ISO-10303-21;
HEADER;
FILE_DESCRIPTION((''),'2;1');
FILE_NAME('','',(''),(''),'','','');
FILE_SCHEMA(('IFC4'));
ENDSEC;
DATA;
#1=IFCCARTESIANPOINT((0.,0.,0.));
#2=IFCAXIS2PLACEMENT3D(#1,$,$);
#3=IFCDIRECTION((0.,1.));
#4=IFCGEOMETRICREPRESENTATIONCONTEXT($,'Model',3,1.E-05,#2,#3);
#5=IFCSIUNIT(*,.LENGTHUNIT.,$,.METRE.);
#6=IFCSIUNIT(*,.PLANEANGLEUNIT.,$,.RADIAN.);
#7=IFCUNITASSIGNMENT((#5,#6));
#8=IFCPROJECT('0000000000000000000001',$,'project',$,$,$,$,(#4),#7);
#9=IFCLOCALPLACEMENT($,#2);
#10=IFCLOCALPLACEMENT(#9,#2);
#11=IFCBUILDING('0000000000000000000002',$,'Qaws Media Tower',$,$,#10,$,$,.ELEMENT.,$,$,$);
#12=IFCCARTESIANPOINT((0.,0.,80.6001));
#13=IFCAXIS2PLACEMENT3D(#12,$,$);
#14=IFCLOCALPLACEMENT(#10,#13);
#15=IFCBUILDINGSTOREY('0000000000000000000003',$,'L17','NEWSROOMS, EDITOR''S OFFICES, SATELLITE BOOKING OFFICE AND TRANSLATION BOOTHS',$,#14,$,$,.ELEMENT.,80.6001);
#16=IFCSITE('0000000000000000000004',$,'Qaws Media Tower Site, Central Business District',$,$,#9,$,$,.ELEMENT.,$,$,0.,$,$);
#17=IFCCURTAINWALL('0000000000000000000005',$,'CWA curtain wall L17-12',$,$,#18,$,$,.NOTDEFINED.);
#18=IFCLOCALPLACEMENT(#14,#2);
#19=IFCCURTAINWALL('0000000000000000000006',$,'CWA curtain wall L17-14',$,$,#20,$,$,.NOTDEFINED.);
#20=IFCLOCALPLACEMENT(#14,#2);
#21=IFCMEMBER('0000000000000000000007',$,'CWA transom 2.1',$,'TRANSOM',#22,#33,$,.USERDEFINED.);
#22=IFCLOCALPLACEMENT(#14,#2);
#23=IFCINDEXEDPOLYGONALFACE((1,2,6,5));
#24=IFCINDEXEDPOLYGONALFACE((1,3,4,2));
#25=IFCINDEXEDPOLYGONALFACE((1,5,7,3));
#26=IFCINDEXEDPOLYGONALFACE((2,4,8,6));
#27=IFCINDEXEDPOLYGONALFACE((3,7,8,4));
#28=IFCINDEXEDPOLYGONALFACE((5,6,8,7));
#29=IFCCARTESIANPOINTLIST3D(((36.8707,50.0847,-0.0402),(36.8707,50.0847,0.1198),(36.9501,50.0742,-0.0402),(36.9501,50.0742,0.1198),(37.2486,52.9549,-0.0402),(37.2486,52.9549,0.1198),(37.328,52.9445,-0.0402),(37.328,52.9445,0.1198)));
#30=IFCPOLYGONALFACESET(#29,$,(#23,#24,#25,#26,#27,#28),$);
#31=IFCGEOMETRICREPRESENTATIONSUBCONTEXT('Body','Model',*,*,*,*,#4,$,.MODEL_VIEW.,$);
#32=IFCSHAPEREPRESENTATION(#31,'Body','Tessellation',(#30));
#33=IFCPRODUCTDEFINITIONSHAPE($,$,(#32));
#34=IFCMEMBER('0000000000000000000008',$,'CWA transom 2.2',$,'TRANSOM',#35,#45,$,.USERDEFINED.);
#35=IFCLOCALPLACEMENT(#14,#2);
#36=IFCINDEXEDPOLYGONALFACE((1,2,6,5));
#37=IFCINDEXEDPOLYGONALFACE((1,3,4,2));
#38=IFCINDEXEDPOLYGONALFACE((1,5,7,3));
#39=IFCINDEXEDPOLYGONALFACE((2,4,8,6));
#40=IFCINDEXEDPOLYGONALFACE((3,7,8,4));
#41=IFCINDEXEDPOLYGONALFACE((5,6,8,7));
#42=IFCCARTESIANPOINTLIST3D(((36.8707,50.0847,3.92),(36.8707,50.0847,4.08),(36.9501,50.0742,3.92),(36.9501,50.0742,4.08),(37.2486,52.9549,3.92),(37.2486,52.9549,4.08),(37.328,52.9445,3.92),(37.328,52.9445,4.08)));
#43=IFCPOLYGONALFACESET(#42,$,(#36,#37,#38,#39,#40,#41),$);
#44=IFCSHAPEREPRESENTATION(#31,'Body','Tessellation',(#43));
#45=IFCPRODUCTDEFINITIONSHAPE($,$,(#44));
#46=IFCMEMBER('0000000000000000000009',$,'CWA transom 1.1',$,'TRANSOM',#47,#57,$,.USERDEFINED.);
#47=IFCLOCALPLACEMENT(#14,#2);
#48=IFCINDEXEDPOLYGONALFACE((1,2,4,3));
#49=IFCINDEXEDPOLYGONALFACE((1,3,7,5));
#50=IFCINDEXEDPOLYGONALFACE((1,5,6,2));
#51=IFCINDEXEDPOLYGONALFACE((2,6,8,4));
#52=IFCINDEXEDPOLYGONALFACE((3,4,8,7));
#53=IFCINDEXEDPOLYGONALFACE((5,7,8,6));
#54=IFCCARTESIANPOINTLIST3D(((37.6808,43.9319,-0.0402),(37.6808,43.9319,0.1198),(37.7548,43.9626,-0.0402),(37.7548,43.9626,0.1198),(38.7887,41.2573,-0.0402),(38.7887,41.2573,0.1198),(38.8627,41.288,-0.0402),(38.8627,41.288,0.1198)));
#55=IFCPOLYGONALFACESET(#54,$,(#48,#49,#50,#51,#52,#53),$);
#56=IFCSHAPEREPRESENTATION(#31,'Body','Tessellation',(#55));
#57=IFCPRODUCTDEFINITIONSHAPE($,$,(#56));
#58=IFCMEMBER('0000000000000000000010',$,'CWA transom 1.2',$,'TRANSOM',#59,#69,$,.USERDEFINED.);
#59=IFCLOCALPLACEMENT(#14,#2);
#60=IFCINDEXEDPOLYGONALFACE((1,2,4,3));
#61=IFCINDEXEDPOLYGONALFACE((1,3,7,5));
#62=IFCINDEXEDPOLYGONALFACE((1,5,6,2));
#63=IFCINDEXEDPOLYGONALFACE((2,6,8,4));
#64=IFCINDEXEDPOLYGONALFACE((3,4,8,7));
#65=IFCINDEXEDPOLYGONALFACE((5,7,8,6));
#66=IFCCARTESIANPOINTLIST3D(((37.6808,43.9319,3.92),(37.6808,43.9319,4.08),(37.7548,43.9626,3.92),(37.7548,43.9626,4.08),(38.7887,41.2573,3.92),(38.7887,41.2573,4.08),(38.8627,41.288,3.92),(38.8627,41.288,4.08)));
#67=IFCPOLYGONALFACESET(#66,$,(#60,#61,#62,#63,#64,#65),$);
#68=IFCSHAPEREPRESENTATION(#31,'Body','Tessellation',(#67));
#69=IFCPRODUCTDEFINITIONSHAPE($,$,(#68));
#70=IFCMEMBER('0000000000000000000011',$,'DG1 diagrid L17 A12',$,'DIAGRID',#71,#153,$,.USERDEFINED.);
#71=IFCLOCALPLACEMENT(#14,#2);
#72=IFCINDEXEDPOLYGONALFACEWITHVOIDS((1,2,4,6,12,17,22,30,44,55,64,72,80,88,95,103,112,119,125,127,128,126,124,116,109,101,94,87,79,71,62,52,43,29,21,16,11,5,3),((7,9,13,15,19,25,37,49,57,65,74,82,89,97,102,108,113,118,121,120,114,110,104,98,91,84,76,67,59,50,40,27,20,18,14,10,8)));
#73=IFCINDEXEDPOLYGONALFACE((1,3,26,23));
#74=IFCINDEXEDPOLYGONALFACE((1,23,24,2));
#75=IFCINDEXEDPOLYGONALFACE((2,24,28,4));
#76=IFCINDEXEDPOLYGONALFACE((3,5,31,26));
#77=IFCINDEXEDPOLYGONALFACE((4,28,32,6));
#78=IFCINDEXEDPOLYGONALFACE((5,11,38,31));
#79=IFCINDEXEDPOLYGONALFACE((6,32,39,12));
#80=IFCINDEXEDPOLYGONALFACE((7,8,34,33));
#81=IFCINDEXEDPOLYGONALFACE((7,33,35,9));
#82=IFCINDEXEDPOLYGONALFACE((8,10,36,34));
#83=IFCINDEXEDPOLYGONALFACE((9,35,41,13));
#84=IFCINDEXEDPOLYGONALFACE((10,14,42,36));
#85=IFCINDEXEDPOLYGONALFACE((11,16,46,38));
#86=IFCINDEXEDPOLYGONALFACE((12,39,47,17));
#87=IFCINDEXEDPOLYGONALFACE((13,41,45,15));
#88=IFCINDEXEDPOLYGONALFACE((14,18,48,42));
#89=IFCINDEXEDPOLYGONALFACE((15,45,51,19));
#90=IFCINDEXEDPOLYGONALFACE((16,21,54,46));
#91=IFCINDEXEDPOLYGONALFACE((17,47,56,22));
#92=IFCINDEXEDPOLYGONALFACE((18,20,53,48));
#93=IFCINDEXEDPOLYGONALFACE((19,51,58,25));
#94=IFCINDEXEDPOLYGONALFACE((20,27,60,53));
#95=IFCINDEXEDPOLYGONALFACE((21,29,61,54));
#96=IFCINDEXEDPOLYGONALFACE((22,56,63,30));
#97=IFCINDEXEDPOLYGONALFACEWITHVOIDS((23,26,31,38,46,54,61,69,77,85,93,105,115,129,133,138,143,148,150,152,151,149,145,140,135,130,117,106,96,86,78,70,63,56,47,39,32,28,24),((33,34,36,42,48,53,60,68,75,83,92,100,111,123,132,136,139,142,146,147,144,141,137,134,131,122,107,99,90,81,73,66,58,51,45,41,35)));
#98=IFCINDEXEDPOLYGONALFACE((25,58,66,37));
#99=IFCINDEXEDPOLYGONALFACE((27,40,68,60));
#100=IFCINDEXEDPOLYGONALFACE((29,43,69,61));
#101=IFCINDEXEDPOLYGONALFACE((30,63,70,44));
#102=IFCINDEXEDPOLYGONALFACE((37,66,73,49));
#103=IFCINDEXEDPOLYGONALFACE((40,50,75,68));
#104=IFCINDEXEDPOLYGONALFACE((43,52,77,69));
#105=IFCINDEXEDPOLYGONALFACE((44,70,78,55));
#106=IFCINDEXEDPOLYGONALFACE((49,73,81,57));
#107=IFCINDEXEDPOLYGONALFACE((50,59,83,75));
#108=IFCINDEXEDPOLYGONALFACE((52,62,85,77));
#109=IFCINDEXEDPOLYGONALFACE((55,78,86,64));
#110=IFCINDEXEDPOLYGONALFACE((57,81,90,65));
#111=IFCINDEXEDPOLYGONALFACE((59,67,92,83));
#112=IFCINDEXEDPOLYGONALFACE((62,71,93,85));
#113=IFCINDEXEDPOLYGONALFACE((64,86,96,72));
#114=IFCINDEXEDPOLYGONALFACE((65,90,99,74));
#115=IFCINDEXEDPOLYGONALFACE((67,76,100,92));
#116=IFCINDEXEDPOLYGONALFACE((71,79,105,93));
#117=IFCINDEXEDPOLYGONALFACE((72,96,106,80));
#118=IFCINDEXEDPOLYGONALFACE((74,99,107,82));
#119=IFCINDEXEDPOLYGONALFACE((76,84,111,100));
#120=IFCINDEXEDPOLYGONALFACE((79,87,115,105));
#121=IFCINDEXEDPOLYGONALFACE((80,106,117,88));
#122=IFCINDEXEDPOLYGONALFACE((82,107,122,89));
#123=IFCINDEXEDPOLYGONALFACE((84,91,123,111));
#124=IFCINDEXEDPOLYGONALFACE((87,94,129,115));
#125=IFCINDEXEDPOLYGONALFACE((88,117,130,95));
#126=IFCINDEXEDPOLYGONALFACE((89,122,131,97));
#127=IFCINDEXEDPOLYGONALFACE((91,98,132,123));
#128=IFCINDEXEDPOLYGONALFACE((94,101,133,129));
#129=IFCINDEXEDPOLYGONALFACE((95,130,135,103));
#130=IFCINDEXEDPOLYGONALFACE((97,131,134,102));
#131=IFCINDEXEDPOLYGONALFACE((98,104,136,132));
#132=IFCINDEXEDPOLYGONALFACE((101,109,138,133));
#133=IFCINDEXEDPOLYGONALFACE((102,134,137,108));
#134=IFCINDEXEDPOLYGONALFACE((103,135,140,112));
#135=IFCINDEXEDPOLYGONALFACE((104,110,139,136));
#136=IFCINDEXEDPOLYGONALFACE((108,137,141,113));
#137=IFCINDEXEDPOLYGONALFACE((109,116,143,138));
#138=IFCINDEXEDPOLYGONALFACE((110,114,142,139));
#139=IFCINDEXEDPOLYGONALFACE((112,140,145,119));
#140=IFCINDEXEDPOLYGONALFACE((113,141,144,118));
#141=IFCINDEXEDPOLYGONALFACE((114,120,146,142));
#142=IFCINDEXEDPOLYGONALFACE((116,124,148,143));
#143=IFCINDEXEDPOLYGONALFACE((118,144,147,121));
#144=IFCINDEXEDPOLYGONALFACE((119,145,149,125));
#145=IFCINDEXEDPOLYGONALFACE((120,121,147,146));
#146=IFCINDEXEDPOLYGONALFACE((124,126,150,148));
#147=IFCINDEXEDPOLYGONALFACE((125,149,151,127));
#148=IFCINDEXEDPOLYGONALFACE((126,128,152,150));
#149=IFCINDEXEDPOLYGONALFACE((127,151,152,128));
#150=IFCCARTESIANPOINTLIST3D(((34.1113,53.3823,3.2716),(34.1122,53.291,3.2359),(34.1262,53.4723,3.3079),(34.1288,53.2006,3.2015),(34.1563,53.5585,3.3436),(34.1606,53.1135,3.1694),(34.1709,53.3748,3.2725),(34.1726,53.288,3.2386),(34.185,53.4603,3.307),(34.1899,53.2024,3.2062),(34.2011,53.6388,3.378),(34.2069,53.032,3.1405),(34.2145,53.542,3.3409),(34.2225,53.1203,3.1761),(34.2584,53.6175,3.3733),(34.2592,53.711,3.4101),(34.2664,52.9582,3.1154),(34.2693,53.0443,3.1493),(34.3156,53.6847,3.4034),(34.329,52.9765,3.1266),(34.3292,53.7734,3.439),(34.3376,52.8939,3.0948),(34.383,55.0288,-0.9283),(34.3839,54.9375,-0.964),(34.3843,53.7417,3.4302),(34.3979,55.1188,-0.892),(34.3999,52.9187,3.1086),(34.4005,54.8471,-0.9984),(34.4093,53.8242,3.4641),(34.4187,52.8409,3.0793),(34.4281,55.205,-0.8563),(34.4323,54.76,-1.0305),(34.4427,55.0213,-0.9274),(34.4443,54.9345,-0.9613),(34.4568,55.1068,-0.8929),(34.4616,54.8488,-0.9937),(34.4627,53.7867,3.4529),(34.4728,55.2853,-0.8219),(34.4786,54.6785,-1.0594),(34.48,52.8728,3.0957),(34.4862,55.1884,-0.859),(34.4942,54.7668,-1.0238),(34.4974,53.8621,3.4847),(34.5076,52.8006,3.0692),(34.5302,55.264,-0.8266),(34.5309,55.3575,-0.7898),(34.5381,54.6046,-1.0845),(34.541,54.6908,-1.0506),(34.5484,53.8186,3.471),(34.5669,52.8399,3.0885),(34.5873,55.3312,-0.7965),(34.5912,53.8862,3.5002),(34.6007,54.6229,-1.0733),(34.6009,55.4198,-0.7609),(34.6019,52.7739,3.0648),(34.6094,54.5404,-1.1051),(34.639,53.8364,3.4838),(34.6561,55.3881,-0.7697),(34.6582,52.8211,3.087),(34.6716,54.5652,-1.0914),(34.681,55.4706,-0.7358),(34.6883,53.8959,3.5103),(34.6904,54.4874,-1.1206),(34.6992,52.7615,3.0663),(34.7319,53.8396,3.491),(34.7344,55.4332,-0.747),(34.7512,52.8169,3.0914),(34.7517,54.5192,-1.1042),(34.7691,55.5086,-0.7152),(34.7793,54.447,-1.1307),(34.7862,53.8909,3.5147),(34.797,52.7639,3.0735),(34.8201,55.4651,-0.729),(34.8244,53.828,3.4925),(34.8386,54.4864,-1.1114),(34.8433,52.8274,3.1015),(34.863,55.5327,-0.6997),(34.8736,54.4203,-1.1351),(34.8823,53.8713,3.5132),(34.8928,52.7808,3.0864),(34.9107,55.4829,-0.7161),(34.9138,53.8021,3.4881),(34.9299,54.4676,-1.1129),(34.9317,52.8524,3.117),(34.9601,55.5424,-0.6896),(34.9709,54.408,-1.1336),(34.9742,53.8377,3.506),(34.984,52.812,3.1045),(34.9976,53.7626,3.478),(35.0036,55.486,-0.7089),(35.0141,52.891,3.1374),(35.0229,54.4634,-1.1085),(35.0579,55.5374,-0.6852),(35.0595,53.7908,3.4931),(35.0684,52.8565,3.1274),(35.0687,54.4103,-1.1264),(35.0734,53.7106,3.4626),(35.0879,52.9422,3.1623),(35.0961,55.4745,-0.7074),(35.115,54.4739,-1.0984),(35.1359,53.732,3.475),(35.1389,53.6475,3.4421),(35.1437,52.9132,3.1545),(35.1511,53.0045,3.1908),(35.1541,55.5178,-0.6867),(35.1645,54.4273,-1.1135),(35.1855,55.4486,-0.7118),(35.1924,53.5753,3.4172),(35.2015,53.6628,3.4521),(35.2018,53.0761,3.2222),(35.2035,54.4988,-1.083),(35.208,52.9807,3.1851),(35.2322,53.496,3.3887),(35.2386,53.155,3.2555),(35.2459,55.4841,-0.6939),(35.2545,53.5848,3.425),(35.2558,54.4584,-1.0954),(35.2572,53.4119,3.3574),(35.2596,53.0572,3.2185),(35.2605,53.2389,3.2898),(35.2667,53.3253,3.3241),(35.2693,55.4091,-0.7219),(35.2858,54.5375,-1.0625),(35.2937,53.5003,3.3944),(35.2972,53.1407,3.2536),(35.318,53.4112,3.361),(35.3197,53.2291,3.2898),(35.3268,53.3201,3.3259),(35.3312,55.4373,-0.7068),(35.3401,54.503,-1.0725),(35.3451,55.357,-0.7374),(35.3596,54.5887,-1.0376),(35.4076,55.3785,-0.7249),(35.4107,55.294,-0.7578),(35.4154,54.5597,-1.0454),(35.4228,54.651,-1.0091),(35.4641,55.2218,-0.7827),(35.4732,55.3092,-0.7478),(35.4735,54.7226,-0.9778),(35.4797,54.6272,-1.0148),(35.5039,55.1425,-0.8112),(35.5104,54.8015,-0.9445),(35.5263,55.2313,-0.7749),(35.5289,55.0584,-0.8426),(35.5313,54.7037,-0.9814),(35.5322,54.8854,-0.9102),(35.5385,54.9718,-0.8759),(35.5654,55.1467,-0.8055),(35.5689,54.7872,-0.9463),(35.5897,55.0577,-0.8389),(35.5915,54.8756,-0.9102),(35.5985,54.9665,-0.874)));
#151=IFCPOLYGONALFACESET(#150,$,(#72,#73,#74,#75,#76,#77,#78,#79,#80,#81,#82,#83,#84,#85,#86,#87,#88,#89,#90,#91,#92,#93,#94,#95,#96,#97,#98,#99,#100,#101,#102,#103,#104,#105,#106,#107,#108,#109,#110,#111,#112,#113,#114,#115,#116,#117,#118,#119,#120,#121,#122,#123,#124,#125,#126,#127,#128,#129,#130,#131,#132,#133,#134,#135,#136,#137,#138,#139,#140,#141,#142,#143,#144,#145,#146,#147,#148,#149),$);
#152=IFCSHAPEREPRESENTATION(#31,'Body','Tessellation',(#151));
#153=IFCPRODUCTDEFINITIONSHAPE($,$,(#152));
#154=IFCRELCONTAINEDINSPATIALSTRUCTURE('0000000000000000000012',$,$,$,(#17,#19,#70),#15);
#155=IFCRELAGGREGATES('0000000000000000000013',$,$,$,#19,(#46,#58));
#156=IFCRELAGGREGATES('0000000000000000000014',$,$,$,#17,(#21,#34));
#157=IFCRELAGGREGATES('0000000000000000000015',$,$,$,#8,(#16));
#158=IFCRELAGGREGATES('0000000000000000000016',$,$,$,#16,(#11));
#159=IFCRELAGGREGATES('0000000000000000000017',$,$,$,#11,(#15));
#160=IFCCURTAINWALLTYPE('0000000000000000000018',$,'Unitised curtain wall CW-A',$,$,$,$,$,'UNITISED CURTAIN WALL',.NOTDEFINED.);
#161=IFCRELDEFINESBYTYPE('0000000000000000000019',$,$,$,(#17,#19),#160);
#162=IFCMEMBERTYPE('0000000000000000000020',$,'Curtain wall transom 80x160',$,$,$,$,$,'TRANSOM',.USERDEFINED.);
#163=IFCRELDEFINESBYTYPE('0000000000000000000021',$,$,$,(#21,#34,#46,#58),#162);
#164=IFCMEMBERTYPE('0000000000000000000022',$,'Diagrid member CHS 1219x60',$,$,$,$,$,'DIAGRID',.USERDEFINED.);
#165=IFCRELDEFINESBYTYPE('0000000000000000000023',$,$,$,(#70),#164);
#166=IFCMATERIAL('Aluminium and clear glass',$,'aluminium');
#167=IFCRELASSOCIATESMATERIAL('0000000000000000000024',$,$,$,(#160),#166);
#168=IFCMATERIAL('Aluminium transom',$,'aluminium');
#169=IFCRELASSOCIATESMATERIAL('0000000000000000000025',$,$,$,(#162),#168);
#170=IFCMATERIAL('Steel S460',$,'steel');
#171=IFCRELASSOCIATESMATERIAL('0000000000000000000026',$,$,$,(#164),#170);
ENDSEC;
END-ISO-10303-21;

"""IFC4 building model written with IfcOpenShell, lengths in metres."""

from ifc_helpers import new_model, si_unit, direction, frame, origin, origin_2d, place, context, subcontext, project, spatial, rectangle, hollow_circle, extrude, material, material_profile, profile_set, type_object, element, aggregate, save


model = new_model("IFC4")

# Units and contexts
model_context = context("Model", 3, precision=1e-05, world=origin(), true_north=direction((0.0, 1.0)))
body_context = subcontext(model_context, "Body", "Model", "MODEL_VIEW")
ifc_project = project(units=[si_unit("LENGTHUNIT", "METRE"), si_unit("PLANEANGLEUNIT", "RADIAN")], contexts=[model_context])

# Site, building, storey
site_placement = place(None, origin())
site = spatial("IfcSite", under=ifc_project, at=site_placement, Name="Qaws Media Tower Site, Central Business District", CompositionType="ELEMENT", RefElevation=0.0)
building_placement = place(site_placement, origin())
building = spatial("IfcBuilding", under=site, at=building_placement, Name="Qaws Media Tower", CompositionType="ELEMENT")
storey_placement = place(building_placement, frame((0.0, 0.0, 80.6001)))
storey = spatial("IfcBuildingStorey", under=building, at=storey_placement, Name="L17", Description="NEWSROOMS, EDITOR'S OFFICES, SATELLITE BOOKING OFFICE AND TRANSLATION BOOTHS", CompositionType="ELEMENT", Elevation=80.6001)

# Shared definitions
ifc_material_1 = material(Name="Aluminium and clear glass", Category="aluminium")
curtain_wall_type = type_object("IfcCurtainWallType", Name="Unitised curtain wall CW-A", ElementType="UNITISED CURTAIN WALL", PredefinedType="NOTDEFINED", material=ifc_material_1)

# Curtain wall
curtain_wall_1_placement = place(storey_placement, origin())
curtain_wall_1 = element("IfcCurtainWall", 1, at=curtain_wall_1_placement, inside=storey, type_object=curtain_wall_type, Name="CWA curtain wall L17-12", PredefinedType="NOTDEFINED")

# Curtain wall
curtain_wall_2_placement = place(storey_placement, origin())
curtain_wall_2 = element("IfcCurtainWall", 2, at=curtain_wall_2_placement, inside=storey, type_object=curtain_wall_type, Name="CWA curtain wall L17-14", PredefinedType="NOTDEFINED")

# Members
ifc_material_2 = material(Name="Aluminium transom", Category="aluminium")
ifc_material_profile_1 = material_profile(ifc_material_2, rectangle(XDim=0.0801, YDim=0.1599, at=origin_2d()), Name="80x160")
ifc_profile_set_1 = profile_set([ifc_material_profile_1], Name="Aluminium transom")
member_type_1 = type_object("IfcMemberType", Name="Curtain wall transom 80x160", ElementType="TRANSOM", PredefinedType="USERDEFINED", material=ifc_profile_set_1)
member_1_placement = place(storey_placement, frame((37.2883, 52.9497, 0.0398), z_axis=(-0.13054, -0.991443, 0.0), x_axis=(0.991443, -0.13054, 0.0)))
member_1 = element("IfcMember", 3, at=member_1_placement, type_object=member_type_1, Name="CWA transom 2.1", ObjectType="TRANSOM", PredefinedType="USERDEFINED", context=body_context, shape_type="SweptSolid", body=[
    extrude(rectangle(XDim=0.0801, YDim=0.1599, at=origin_2d()), origin(), (0.0, 0.0, 1.0), 2.895),
])
member_2_placement = place(storey_placement, frame((37.2883, 52.9497, 4.0), z_axis=(-0.13054, -0.991443, 0.0), x_axis=(0.991443, -0.13054, 0.0)))
member_2 = element("IfcMember", 4, at=member_2_placement, type_object=member_type_1, Name="CWA transom 2.2", ObjectType="TRANSOM", PredefinedType="USERDEFINED", context=body_context, shape_type="SweptSolid", body=[
    extrude(rectangle(XDim=0.0801, YDim=0.1599, at=origin_2d()), origin(), (0.0, 0.0, 1.0), 2.895),
])
member_3_placement = place(storey_placement, frame((37.7178, 43.9473, 0.0398), z_axis=(0.382704, -0.923871, 0.0), x_axis=(0.923871, 0.382704, 0.0)))
member_3 = element("IfcMember", 5, at=member_3_placement, type_object=member_type_1, Name="CWA transom 1.1", ObjectType="TRANSOM", PredefinedType="USERDEFINED", context=body_context, shape_type="SweptSolid", body=[
    extrude(rectangle(XDim=0.0801, YDim=0.1599, at=origin_2d()), origin(), (0.0, 0.0, 1.0), 2.895),
])
member_4_placement = place(storey_placement, frame((37.7178, 43.9473, 4.0), z_axis=(0.382704, -0.923871, 0.0), x_axis=(0.923871, 0.382704, 0.0)))
member_4 = element("IfcMember", 6, at=member_4_placement, type_object=member_type_1, Name="CWA transom 1.2", ObjectType="TRANSOM", PredefinedType="USERDEFINED", context=body_context, shape_type="SweptSolid", body=[
    extrude(rectangle(XDim=0.0801, YDim=0.1599, at=origin_2d()), origin(), (0.0, 0.0, 1.0), 2.895),
])
aggregate(curtain_wall_2, [member_3, member_4])

# Member
ifc_material_3 = material(Name="Steel S460", Category="steel")
ifc_material_profile_2 = material_profile(ifc_material_3, hollow_circle(Radius=0.6096, WallThickness=0.0601, at=origin_2d()), Name="CHS 1219x60")
ifc_profile_set_2 = profile_set([ifc_material_profile_2], Name="Steel S460")
member_type_2 = type_object("IfcMemberType", Name="Diagrid member CHS 1219x60", ElementType="DIAGRID", PredefinedType="USERDEFINED", material=ifc_profile_set_2)
for number, where, z_axis, x_axis, name in (
    (7, (34.99, 54.9749, -0.9102), (-0.060126, -0.364321, 0.929331), (0.986654, -0.162833, 0.0), "DG1 diagrid L17 A12"),
):
    element("IfcMember", number, at=place(storey_placement, frame(where, z_axis=z_axis, x_axis=x_axis)), inside=storey, type_object=member_type_2, Name=name, ObjectType="DIAGRID", PredefinedType="USERDEFINED", context=body_context, shape_type="SweptSolid", body=[
        extrude(hollow_circle(Radius=0.6096, WallThickness=0.0601, at=origin_2d()), origin(), (0.0, 0.0, 1.0), 4.5193),
    ])

aggregate(curtain_wall_1, [member_1, member_2])

save(model, "model.ifc")
